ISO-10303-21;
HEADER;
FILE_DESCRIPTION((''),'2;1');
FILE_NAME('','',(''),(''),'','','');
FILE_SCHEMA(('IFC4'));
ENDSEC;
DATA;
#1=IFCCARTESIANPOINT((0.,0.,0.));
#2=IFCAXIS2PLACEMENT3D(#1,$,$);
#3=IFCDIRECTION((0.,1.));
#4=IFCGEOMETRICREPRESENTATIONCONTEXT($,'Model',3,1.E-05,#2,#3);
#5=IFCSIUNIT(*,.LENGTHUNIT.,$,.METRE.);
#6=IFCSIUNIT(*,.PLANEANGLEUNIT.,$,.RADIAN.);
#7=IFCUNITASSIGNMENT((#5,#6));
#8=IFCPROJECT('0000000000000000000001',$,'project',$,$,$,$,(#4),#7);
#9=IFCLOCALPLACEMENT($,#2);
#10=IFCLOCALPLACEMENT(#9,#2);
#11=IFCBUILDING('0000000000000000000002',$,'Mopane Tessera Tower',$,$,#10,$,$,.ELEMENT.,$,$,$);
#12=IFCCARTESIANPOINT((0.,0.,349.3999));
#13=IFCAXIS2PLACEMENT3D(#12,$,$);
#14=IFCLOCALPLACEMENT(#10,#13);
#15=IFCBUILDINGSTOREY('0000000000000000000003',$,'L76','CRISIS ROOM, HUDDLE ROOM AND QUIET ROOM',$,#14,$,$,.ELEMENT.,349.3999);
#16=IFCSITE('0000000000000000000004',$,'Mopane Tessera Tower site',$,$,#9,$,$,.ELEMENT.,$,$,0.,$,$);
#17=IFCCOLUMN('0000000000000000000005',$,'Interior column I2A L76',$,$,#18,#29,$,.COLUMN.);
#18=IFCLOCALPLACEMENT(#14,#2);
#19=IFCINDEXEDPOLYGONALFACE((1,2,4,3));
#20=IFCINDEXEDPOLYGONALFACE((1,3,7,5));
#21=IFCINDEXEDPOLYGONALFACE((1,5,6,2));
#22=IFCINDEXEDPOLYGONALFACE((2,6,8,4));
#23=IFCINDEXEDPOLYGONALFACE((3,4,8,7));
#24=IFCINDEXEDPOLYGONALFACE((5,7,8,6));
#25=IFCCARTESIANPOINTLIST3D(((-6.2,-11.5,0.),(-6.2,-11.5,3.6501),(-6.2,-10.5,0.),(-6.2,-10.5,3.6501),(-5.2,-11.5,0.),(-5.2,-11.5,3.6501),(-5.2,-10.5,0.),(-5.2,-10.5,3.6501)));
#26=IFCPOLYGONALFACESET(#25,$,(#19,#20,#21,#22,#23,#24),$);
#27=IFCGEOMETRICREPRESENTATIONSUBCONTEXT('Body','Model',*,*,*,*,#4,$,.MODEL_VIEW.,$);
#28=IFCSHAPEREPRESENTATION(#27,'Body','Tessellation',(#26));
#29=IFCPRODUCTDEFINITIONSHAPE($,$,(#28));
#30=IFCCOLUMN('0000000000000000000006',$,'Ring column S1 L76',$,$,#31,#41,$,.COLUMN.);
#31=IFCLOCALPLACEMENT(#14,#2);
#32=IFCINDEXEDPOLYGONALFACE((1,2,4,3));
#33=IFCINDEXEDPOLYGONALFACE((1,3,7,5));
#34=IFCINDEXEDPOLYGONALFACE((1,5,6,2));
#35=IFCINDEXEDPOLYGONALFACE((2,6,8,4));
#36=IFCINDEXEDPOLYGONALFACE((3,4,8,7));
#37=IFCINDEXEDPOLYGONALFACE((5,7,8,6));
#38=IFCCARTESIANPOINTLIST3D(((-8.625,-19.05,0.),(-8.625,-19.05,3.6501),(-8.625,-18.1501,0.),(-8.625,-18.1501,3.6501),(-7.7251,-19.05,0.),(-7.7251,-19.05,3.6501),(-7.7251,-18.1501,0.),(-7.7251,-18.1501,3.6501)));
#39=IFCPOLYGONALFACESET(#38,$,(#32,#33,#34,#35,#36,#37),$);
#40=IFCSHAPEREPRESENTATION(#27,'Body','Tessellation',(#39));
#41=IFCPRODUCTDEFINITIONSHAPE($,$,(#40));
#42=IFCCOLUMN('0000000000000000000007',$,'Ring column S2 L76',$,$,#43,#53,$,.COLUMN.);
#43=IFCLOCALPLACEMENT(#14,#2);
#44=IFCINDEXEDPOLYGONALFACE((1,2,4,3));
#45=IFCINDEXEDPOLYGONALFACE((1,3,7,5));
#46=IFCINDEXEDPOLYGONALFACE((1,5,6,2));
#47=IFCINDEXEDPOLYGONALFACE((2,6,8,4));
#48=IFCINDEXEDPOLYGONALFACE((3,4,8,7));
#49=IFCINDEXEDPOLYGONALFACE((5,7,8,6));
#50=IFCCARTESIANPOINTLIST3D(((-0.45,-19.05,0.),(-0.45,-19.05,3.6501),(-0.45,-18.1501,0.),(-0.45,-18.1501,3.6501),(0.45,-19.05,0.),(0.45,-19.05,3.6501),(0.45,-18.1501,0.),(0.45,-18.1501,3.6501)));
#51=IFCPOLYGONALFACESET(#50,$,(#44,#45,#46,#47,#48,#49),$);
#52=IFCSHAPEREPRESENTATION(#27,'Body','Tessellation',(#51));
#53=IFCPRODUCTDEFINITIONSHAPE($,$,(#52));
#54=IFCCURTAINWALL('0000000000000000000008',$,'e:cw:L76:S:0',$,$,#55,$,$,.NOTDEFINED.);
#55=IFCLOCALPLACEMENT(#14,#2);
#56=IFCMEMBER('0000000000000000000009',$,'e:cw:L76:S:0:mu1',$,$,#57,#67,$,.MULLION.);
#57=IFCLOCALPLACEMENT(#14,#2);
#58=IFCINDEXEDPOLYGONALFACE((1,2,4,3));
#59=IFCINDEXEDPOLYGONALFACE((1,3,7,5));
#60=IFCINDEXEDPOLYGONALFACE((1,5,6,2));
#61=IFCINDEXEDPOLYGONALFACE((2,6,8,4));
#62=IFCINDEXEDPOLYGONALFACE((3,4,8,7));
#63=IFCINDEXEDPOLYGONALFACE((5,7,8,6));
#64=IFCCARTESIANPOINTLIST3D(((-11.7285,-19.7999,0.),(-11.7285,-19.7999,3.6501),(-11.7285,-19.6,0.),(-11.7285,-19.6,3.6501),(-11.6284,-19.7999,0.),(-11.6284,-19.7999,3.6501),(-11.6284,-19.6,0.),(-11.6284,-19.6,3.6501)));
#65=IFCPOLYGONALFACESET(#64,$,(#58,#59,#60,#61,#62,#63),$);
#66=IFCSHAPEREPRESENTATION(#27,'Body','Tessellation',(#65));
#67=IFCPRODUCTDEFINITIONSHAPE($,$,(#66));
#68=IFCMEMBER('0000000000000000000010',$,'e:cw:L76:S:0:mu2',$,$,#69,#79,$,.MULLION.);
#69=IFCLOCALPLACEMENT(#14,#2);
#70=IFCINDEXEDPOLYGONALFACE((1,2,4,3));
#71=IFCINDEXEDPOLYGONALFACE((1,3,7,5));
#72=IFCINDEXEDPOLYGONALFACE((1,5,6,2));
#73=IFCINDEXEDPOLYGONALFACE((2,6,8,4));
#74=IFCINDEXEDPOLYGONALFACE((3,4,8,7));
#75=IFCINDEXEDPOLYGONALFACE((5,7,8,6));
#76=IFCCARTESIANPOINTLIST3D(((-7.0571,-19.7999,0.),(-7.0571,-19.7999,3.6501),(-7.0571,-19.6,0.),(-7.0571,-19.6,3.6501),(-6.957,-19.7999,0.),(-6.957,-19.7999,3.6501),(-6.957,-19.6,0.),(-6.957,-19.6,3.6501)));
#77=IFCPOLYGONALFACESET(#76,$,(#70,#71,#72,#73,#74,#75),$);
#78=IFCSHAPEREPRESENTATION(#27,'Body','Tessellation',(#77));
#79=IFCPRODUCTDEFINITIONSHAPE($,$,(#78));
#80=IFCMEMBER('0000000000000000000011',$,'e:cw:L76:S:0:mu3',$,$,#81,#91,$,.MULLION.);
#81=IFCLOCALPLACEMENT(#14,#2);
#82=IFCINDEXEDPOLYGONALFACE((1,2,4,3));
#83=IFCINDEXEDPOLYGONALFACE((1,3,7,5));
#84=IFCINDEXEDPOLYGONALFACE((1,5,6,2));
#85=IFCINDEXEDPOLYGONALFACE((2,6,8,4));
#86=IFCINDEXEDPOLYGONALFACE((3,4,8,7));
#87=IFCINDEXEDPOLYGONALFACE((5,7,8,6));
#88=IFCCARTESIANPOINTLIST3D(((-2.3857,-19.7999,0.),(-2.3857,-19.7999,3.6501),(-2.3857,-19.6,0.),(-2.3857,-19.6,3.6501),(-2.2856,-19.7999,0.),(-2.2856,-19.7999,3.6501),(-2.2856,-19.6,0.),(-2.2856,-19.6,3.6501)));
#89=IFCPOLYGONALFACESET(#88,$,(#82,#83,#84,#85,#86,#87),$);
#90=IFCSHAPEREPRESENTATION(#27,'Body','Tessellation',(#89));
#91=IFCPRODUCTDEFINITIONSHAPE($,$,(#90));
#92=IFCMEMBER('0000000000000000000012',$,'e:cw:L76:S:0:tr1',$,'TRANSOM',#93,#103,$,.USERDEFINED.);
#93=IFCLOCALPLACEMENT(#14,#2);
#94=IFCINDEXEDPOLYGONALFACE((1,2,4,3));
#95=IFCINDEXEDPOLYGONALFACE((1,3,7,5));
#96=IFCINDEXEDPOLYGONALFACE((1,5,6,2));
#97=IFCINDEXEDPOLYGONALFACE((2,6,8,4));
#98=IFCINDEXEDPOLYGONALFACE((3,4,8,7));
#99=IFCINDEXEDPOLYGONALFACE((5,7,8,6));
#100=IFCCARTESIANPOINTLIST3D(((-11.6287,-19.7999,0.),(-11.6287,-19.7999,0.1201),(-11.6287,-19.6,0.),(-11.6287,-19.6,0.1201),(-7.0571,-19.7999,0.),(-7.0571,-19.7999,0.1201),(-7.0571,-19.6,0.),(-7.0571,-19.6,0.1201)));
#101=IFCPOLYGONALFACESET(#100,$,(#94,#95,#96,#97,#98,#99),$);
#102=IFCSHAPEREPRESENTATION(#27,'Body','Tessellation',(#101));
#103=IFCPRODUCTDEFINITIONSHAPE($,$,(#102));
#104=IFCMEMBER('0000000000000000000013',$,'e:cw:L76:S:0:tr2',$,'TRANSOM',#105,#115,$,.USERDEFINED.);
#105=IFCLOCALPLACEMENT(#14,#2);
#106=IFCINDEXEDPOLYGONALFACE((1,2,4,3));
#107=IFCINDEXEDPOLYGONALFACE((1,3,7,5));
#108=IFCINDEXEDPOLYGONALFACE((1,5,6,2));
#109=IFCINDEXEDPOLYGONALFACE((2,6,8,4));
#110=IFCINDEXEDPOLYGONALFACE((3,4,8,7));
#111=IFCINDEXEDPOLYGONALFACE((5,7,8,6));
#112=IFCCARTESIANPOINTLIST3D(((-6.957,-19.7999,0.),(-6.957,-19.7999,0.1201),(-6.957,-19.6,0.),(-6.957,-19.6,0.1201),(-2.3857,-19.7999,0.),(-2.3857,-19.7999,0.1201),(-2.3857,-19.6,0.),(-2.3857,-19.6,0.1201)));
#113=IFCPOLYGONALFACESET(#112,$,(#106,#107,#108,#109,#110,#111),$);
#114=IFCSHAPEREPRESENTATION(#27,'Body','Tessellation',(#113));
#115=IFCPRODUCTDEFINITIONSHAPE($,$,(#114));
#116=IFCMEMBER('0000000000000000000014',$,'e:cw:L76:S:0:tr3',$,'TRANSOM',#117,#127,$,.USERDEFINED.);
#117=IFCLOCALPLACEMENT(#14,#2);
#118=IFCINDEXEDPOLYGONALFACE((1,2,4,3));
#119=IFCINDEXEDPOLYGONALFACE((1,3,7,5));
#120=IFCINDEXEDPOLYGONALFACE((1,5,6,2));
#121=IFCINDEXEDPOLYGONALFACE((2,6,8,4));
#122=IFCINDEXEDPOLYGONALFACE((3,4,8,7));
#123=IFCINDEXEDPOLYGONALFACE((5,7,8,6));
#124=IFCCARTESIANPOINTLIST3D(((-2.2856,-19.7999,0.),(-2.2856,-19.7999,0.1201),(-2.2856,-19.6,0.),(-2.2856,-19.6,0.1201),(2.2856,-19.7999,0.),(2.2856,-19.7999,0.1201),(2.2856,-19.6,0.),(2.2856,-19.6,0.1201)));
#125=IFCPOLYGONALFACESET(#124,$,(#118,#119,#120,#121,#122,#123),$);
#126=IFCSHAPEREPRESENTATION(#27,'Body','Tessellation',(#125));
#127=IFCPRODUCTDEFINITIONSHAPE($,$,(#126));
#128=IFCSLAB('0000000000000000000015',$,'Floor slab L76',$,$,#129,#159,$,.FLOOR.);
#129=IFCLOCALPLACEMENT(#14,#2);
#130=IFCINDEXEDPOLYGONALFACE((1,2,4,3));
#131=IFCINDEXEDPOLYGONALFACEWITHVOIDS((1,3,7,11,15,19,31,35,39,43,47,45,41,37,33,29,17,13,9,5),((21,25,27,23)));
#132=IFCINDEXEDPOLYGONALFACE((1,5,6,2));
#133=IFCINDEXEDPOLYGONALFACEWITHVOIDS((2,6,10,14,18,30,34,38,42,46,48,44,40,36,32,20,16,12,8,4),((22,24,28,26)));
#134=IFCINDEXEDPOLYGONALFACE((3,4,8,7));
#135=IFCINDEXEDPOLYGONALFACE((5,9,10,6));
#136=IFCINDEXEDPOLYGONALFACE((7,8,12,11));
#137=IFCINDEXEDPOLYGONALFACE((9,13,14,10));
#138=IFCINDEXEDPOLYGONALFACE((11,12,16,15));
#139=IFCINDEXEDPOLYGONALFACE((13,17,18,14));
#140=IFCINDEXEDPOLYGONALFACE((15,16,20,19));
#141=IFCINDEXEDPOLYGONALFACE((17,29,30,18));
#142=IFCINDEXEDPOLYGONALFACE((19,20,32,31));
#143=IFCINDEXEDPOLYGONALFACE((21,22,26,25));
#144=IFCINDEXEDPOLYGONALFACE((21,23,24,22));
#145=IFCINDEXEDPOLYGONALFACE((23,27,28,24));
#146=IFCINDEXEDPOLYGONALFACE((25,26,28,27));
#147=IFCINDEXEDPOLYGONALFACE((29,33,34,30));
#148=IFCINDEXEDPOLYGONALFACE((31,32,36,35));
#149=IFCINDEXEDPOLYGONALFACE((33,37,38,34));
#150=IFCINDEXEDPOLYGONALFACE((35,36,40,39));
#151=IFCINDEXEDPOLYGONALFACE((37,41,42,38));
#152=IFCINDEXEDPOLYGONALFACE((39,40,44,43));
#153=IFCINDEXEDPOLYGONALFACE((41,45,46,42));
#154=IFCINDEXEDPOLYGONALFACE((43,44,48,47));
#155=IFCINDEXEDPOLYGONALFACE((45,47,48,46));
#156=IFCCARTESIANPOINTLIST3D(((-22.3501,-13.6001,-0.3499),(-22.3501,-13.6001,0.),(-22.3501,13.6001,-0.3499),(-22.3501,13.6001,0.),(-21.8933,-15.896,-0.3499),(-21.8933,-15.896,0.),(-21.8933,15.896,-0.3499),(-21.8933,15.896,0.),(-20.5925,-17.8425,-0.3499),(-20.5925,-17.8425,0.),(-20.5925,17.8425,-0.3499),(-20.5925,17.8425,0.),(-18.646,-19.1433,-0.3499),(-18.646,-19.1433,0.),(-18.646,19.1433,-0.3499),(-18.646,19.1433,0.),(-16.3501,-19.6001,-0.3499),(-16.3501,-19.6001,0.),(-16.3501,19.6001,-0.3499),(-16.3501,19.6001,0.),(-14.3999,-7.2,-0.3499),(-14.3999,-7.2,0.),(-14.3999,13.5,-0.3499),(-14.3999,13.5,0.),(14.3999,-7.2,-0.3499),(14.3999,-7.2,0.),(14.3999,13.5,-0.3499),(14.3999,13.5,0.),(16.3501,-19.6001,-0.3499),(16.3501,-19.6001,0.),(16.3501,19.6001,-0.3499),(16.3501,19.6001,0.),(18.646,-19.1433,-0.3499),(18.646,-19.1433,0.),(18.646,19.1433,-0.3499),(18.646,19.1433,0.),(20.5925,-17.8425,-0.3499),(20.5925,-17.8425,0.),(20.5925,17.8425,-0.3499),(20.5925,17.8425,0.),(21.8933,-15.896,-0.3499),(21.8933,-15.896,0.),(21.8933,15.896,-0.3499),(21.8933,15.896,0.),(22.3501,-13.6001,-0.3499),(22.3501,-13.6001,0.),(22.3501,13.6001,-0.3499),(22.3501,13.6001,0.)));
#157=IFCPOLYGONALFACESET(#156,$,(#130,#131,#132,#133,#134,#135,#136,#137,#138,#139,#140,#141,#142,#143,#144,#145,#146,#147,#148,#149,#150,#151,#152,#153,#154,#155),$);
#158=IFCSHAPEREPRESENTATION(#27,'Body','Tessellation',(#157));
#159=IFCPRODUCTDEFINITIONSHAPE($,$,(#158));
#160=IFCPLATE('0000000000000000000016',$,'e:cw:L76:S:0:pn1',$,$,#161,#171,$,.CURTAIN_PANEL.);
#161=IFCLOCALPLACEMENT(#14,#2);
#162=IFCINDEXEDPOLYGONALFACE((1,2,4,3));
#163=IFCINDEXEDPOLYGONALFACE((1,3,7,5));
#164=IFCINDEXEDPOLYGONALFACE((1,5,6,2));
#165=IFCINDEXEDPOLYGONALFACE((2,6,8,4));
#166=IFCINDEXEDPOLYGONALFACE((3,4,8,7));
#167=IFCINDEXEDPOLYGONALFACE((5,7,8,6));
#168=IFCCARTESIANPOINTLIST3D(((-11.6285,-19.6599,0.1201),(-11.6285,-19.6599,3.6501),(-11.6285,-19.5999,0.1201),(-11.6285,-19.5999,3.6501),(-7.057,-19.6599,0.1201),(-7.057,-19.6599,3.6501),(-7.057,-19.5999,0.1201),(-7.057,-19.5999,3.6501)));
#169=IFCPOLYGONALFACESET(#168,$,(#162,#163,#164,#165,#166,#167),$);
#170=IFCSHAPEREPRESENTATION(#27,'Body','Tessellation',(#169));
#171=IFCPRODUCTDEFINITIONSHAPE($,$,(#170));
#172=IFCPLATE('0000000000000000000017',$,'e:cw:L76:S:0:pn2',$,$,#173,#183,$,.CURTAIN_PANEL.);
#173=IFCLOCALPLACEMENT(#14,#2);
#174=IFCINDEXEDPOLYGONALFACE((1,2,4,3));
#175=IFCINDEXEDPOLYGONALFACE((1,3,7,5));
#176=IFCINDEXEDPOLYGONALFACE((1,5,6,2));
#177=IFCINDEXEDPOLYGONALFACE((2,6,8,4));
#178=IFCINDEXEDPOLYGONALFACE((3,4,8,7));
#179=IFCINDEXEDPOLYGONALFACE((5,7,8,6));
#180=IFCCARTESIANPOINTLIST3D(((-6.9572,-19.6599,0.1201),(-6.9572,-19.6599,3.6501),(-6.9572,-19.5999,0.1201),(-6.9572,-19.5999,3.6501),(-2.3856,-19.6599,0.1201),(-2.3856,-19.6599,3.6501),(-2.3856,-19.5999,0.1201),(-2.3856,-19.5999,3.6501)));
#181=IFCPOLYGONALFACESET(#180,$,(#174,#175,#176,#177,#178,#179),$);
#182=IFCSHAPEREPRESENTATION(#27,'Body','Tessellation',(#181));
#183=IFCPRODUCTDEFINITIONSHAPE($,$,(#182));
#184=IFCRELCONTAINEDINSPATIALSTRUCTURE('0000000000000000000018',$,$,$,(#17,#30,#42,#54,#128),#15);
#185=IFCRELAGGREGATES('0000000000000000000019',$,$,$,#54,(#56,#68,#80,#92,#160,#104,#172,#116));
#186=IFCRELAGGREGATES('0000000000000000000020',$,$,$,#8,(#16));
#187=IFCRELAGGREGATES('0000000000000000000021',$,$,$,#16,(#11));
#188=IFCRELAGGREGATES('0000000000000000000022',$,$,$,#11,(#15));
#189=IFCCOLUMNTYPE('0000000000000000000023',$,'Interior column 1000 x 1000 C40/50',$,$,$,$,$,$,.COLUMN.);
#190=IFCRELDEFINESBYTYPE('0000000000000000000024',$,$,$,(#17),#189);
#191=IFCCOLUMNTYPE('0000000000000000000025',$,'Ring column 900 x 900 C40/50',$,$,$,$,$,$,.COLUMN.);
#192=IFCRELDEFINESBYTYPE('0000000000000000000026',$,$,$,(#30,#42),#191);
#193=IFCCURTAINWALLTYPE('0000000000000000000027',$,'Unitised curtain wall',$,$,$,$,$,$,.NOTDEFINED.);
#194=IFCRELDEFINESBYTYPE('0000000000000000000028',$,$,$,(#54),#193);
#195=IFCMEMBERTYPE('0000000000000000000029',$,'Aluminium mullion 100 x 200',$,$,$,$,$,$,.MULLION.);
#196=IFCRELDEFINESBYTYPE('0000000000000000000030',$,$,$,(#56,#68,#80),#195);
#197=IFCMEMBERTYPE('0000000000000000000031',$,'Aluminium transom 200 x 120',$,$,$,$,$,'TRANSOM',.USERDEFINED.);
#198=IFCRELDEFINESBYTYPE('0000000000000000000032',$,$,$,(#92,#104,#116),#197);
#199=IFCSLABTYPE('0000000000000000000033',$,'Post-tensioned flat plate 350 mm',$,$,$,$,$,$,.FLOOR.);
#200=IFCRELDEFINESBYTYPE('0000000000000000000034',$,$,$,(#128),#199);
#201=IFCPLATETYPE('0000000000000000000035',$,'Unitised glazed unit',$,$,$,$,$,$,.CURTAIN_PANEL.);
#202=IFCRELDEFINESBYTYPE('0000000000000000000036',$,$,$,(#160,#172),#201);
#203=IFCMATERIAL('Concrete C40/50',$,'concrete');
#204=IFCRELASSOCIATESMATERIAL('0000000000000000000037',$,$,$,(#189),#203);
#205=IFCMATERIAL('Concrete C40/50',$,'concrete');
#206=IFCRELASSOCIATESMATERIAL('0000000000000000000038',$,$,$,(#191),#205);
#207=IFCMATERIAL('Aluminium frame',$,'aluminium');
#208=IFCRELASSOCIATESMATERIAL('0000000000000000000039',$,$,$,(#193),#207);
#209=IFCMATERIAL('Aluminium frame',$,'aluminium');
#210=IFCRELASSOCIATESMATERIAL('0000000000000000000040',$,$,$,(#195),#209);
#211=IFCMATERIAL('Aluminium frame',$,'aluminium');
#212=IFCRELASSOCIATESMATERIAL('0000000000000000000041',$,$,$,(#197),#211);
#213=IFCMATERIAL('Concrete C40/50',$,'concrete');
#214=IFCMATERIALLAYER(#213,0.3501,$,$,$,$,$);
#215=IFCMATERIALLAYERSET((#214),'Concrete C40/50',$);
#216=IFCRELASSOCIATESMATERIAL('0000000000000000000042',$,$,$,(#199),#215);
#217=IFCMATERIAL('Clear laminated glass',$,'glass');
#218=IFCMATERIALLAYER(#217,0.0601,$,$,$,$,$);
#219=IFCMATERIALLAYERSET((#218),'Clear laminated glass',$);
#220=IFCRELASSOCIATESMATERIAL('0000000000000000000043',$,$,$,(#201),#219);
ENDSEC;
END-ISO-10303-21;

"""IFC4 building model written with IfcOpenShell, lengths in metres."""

from ifc_helpers import new_model, si_unit, direction, frame, origin, origin_2d, place, context, subcontext, project, spatial, polyline, rectangle, outline, extrude, material, layer, layer_set, material_profile, profile_set, type_object, element, aggregate, save


model = new_model("IFC4")

# Units and contexts
model_context = context("Model", 3, precision=1e-05, world=origin(), true_north=direction((0.0, 1.0)))
body_context = subcontext(model_context, "Body", "Model", "MODEL_VIEW")
ifc_project = project(units=[si_unit("LENGTHUNIT", "METRE"), si_unit("PLANEANGLEUNIT", "RADIAN")], contexts=[model_context])

# Site, building, storey
site_placement = place(None, origin())
site = spatial("IfcSite", under=ifc_project, at=site_placement, Name="Mopane Tessera Tower site", CompositionType="ELEMENT", RefElevation=0.0)
building_placement = place(site_placement, origin())
building = spatial("IfcBuilding", under=site, at=building_placement, Name="Mopane Tessera Tower", CompositionType="ELEMENT")
storey_placement = place(building_placement, frame((0.0, 0.0, 349.3999)))
storey = spatial("IfcBuildingStorey", under=building, at=storey_placement, Name="L76", Description="CRISIS ROOM, HUDDLE ROOM AND QUIET ROOM", CompositionType="ELEMENT", Elevation=349.3999)

# Columns
ifc_material_1 = material(Name="Concrete C40/50", Category="concrete")
ifc_material_profile_1 = material_profile(ifc_material_1, rectangle(XDim=1.0, YDim=1.0, at=origin_2d()))
ifc_profile_set_1 = profile_set([ifc_material_profile_1], Name="Concrete C40/50")
column_type_1 = type_object("IfcColumnType", Name="Interior column 1000 x 1000 C40/50", PredefinedType="COLUMN", material=ifc_profile_set_1)
column_placement = place(storey_placement, frame((-5.7, -11.0, 0.0), z_axis=(0.0, 0.0, 1.0), x_axis=(1.0, 0.0, 0.0)))
element("IfcColumn", 1, at=column_placement, inside=storey, type_object=column_type_1, Name="Interior column I2A L76", PredefinedType="COLUMN", context=body_context, shape_type="SweptSolid", body=[
    extrude(rectangle(XDim=1.0, YDim=1.0, at=origin_2d()), origin(), (0.0, 0.0, 1.0), 3.6501),
])
ifc_material_2 = material(Name="Concrete C40/50", Category="concrete")
ifc_material_profile_2 = material_profile(ifc_material_2, rectangle(XDim=0.8999, YDim=0.8999, at=origin_2d()))
ifc_profile_set_2 = profile_set([ifc_material_profile_2], Name="Concrete C40/50")
column_type_2 = type_object("IfcColumnType", Name="Ring column 900 x 900 C40/50", PredefinedType="COLUMN", material=ifc_profile_set_2)
for number, where, z_axis, x_axis, name in (
    (2, (-8.175, -18.6001, 0.0), (0.0, 0.0, 1.0), (1.0, 0.0, 0.0), "Ring column S1 L76"),
    (3, (0.0, -18.6001, 0.0), (0.0, 0.0, 1.0), (1.0, 0.0, 0.0), "Ring column S2 L76"),
):
    element("IfcColumn", number, at=place(storey_placement, frame(where, z_axis=z_axis, x_axis=x_axis)), inside=storey, type_object=column_type_2, Name=name, PredefinedType="COLUMN", context=body_context, shape_type="SweptSolid", body=[
        extrude(rectangle(XDim=0.8999, YDim=0.8999, at=origin_2d()), origin(), (0.0, 0.0, 1.0), 3.6501),
    ])

# Curtain wall, members
ifc_material_3 = material(Name="Aluminium frame", Category="aluminium")
curtain_wall_type = type_object("IfcCurtainWallType", Name="Unitised curtain wall", PredefinedType="NOTDEFINED", material=ifc_material_3)
curtain_wall_placement = place(storey_placement, origin())
curtain_wall = element("IfcCurtainWall", 4, at=curtain_wall_placement, inside=storey, type_object=curtain_wall_type, Name="e:cw:L76:S:0", PredefinedType="NOTDEFINED")
ifc_material_4 = material(Name="Aluminium frame", Category="aluminium")
ifc_material_profile_3 = material_profile(ifc_material_4, rectangle(XDim=0.1001, YDim=0.2, at=origin_2d()))
ifc_profile_set_3 = profile_set([ifc_material_profile_3], Name="Aluminium frame")
member_type_1 = type_object("IfcMemberType", Name="Aluminium mullion 100 x 200", PredefinedType="MULLION", material=ifc_profile_set_3)
member_1_placement = place(storey_placement, frame((-11.6785, -19.7, 0.0), z_axis=(0.0, 0.0, 1.0), x_axis=(1.0, 0.0, 0.0)))
member_1 = element("IfcMember", 5, at=member_1_placement, type_object=member_type_1, Name="e:cw:L76:S:0:mu1", PredefinedType="MULLION", context=body_context, shape_type="SweptSolid", body=[
    extrude(rectangle(XDim=0.1001, YDim=0.2, at=origin_2d()), origin(), (0.0, 0.0, 1.0), 3.6501),
])
member_2_placement = place(storey_placement, frame((-7.0071, -19.7, 0.0), z_axis=(0.0, 0.0, 1.0), x_axis=(1.0, 0.0, 0.0)))
member_2 = element("IfcMember", 6, at=member_2_placement, type_object=member_type_1, Name="e:cw:L76:S:0:mu2", PredefinedType="MULLION", context=body_context, shape_type="SweptSolid", body=[
    extrude(rectangle(XDim=0.1001, YDim=0.2, at=origin_2d()), origin(), (0.0, 0.0, 1.0), 3.6501),
])
member_3_placement = place(storey_placement, frame((-2.3357, -19.7, 0.0), z_axis=(0.0, 0.0, 1.0), x_axis=(1.0, 0.0, 0.0)))
member_3 = element("IfcMember", 7, at=member_3_placement, type_object=member_type_1, Name="e:cw:L76:S:0:mu3", PredefinedType="MULLION", context=body_context, shape_type="SweptSolid", body=[
    extrude(rectangle(XDim=0.1001, YDim=0.2, at=origin_2d()), origin(), (0.0, 0.0, 1.0), 3.6501),
])
ifc_material_5 = material(Name="Aluminium frame", Category="aluminium")
ifc_material_profile_4 = material_profile(ifc_material_5, rectangle(XDim=0.2, YDim=0.1201, at=origin_2d()))
ifc_profile_set_4 = profile_set([ifc_material_profile_4], Name="Aluminium frame")
member_type_2 = type_object("IfcMemberType", Name="Aluminium transom 200 x 120", ElementType="TRANSOM", PredefinedType="USERDEFINED", material=ifc_profile_set_4)
member_4_placement = place(storey_placement, frame((-11.6287, -19.7, 0.0601), z_axis=(1.0, 0.0, 0.0), x_axis=(0.0, 1.0, 0.0)))
member_4 = element("IfcMember", 8, at=member_4_placement, type_object=member_type_2, Name="e:cw:L76:S:0:tr1", ObjectType="TRANSOM", PredefinedType="USERDEFINED", context=body_context, shape_type="SweptSolid", body=[
    extrude(rectangle(XDim=0.2, YDim=0.1201, at=origin_2d()), origin(), (0.0, 0.0, 1.0), 4.5715),
])
member_5_placement = place(storey_placement, frame((-6.957, -19.7, 0.0601), z_axis=(1.0, 0.0, 0.0), x_axis=(0.0, 1.0, 0.0)))
member_5 = element("IfcMember", 9, at=member_5_placement, type_object=member_type_2, Name="e:cw:L76:S:0:tr2", ObjectType="TRANSOM", PredefinedType="USERDEFINED", context=body_context, shape_type="SweptSolid", body=[
    extrude(rectangle(XDim=0.2, YDim=0.1201, at=origin_2d()), origin(), (0.0, 0.0, 1.0), 4.5713),
])
member_6_placement = place(storey_placement, frame((-2.2856, -19.7, 0.0601), z_axis=(1.0, 0.0, 0.0), x_axis=(0.0, 1.0, 0.0)))
member_6 = element("IfcMember", 10, at=member_6_placement, type_object=member_type_2, Name="e:cw:L76:S:0:tr3", ObjectType="TRANSOM", PredefinedType="USERDEFINED", context=body_context, shape_type="SweptSolid", body=[
    extrude(rectangle(XDim=0.2, YDim=0.1201, at=origin_2d()), origin(), (0.0, 0.0, 1.0), 4.5713),
])

# Slab
ifc_material_6 = material(Name="Concrete C40/50", Category="concrete")
ifc_layer_1 = layer(ifc_material_6, 0.3501)
ifc_layer_set_1 = layer_set([ifc_layer_1], Name="Concrete C40/50")
slab_type = type_object("IfcSlabType", Name="Post-tensioned flat plate 350 mm", PredefinedType="FLOOR", material=ifc_layer_set_1)
slab_placement = place(storey_placement, frame((0.0, 0.0, -0.3499)))
element("IfcSlab", 11, at=slab_placement, inside=storey, type_object=slab_type, Name="Floor slab L76", PredefinedType="FLOOR", context=body_context, shape_type="SweptSolid", body=[
    extrude(outline(polyline([(-16.3501, -19.6001), (16.3501, -19.6001), (18.646, -19.1433), (20.5925, -17.8425), (21.8933, -15.896), (22.3501, -13.6001), (22.3501, 13.6001), (21.8933, 15.896), (20.5925, 17.8425), (18.646, 19.1433), (16.3501, 19.6001), (-16.3501, 19.6001), (-18.646, 19.1433), (-20.5925, 17.8425), (-21.8933, 15.896), (-22.3501, 13.6001), (-22.3501, -13.6001), (-21.8933, -15.896), (-20.5925, -17.8425), (-18.646, -19.1433), (-16.3501, -19.6001)]), holes=[polyline([(14.3999, -7.2), (-14.3999, -7.2), (-14.3999, 13.5), (14.3999, 13.5), (14.3999, -7.2)])]), origin(), (0.0, 0.0, 1.0), 0.3499),
])

# Plates
ifc_material_7 = material(Name="Clear laminated glass", Category="glass")
ifc_layer_2 = layer(ifc_material_7, 0.0601)
ifc_layer_set_2 = layer_set([ifc_layer_2], Name="Clear laminated glass")
plate_type = type_object("IfcPlateType", Name="Unitised glazed unit", PredefinedType="CURTAIN_PANEL", material=ifc_layer_set_2)
plate_1_placement = place(storey_placement, frame((-9.3428, -19.6299, 0.1201), z_axis=(0.0, 0.0, 1.0), x_axis=(1.0, 0.0, 0.0)))
plate_1 = element("IfcPlate", 12, at=plate_1_placement, type_object=plate_type, Name="e:cw:L76:S:0:pn1", PredefinedType="CURTAIN_PANEL", context=body_context, shape_type="SweptSolid", body=[
    extrude(rectangle(XDim=4.5715, YDim=0.0601, at=origin_2d()), origin(), (0.0, 0.0, 1.0), 3.53),
])
plate_2_placement = place(storey_placement, frame((-4.6714, -19.6299, 0.1201), z_axis=(0.0, 0.0, 1.0), x_axis=(1.0, 0.0, 0.0)))
plate_2 = element("IfcPlate", 13, at=plate_2_placement, type_object=plate_type, Name="e:cw:L76:S:0:pn2", PredefinedType="CURTAIN_PANEL", context=body_context, shape_type="SweptSolid", body=[
    extrude(rectangle(XDim=4.5715, YDim=0.0601, at=origin_2d()), origin(), (0.0, 0.0, 1.0), 3.53),
])
aggregate(curtain_wall, [member_1, member_2, member_3, member_4, plate_1, member_5, plate_2, member_6])

save(model, "model.ifc")
